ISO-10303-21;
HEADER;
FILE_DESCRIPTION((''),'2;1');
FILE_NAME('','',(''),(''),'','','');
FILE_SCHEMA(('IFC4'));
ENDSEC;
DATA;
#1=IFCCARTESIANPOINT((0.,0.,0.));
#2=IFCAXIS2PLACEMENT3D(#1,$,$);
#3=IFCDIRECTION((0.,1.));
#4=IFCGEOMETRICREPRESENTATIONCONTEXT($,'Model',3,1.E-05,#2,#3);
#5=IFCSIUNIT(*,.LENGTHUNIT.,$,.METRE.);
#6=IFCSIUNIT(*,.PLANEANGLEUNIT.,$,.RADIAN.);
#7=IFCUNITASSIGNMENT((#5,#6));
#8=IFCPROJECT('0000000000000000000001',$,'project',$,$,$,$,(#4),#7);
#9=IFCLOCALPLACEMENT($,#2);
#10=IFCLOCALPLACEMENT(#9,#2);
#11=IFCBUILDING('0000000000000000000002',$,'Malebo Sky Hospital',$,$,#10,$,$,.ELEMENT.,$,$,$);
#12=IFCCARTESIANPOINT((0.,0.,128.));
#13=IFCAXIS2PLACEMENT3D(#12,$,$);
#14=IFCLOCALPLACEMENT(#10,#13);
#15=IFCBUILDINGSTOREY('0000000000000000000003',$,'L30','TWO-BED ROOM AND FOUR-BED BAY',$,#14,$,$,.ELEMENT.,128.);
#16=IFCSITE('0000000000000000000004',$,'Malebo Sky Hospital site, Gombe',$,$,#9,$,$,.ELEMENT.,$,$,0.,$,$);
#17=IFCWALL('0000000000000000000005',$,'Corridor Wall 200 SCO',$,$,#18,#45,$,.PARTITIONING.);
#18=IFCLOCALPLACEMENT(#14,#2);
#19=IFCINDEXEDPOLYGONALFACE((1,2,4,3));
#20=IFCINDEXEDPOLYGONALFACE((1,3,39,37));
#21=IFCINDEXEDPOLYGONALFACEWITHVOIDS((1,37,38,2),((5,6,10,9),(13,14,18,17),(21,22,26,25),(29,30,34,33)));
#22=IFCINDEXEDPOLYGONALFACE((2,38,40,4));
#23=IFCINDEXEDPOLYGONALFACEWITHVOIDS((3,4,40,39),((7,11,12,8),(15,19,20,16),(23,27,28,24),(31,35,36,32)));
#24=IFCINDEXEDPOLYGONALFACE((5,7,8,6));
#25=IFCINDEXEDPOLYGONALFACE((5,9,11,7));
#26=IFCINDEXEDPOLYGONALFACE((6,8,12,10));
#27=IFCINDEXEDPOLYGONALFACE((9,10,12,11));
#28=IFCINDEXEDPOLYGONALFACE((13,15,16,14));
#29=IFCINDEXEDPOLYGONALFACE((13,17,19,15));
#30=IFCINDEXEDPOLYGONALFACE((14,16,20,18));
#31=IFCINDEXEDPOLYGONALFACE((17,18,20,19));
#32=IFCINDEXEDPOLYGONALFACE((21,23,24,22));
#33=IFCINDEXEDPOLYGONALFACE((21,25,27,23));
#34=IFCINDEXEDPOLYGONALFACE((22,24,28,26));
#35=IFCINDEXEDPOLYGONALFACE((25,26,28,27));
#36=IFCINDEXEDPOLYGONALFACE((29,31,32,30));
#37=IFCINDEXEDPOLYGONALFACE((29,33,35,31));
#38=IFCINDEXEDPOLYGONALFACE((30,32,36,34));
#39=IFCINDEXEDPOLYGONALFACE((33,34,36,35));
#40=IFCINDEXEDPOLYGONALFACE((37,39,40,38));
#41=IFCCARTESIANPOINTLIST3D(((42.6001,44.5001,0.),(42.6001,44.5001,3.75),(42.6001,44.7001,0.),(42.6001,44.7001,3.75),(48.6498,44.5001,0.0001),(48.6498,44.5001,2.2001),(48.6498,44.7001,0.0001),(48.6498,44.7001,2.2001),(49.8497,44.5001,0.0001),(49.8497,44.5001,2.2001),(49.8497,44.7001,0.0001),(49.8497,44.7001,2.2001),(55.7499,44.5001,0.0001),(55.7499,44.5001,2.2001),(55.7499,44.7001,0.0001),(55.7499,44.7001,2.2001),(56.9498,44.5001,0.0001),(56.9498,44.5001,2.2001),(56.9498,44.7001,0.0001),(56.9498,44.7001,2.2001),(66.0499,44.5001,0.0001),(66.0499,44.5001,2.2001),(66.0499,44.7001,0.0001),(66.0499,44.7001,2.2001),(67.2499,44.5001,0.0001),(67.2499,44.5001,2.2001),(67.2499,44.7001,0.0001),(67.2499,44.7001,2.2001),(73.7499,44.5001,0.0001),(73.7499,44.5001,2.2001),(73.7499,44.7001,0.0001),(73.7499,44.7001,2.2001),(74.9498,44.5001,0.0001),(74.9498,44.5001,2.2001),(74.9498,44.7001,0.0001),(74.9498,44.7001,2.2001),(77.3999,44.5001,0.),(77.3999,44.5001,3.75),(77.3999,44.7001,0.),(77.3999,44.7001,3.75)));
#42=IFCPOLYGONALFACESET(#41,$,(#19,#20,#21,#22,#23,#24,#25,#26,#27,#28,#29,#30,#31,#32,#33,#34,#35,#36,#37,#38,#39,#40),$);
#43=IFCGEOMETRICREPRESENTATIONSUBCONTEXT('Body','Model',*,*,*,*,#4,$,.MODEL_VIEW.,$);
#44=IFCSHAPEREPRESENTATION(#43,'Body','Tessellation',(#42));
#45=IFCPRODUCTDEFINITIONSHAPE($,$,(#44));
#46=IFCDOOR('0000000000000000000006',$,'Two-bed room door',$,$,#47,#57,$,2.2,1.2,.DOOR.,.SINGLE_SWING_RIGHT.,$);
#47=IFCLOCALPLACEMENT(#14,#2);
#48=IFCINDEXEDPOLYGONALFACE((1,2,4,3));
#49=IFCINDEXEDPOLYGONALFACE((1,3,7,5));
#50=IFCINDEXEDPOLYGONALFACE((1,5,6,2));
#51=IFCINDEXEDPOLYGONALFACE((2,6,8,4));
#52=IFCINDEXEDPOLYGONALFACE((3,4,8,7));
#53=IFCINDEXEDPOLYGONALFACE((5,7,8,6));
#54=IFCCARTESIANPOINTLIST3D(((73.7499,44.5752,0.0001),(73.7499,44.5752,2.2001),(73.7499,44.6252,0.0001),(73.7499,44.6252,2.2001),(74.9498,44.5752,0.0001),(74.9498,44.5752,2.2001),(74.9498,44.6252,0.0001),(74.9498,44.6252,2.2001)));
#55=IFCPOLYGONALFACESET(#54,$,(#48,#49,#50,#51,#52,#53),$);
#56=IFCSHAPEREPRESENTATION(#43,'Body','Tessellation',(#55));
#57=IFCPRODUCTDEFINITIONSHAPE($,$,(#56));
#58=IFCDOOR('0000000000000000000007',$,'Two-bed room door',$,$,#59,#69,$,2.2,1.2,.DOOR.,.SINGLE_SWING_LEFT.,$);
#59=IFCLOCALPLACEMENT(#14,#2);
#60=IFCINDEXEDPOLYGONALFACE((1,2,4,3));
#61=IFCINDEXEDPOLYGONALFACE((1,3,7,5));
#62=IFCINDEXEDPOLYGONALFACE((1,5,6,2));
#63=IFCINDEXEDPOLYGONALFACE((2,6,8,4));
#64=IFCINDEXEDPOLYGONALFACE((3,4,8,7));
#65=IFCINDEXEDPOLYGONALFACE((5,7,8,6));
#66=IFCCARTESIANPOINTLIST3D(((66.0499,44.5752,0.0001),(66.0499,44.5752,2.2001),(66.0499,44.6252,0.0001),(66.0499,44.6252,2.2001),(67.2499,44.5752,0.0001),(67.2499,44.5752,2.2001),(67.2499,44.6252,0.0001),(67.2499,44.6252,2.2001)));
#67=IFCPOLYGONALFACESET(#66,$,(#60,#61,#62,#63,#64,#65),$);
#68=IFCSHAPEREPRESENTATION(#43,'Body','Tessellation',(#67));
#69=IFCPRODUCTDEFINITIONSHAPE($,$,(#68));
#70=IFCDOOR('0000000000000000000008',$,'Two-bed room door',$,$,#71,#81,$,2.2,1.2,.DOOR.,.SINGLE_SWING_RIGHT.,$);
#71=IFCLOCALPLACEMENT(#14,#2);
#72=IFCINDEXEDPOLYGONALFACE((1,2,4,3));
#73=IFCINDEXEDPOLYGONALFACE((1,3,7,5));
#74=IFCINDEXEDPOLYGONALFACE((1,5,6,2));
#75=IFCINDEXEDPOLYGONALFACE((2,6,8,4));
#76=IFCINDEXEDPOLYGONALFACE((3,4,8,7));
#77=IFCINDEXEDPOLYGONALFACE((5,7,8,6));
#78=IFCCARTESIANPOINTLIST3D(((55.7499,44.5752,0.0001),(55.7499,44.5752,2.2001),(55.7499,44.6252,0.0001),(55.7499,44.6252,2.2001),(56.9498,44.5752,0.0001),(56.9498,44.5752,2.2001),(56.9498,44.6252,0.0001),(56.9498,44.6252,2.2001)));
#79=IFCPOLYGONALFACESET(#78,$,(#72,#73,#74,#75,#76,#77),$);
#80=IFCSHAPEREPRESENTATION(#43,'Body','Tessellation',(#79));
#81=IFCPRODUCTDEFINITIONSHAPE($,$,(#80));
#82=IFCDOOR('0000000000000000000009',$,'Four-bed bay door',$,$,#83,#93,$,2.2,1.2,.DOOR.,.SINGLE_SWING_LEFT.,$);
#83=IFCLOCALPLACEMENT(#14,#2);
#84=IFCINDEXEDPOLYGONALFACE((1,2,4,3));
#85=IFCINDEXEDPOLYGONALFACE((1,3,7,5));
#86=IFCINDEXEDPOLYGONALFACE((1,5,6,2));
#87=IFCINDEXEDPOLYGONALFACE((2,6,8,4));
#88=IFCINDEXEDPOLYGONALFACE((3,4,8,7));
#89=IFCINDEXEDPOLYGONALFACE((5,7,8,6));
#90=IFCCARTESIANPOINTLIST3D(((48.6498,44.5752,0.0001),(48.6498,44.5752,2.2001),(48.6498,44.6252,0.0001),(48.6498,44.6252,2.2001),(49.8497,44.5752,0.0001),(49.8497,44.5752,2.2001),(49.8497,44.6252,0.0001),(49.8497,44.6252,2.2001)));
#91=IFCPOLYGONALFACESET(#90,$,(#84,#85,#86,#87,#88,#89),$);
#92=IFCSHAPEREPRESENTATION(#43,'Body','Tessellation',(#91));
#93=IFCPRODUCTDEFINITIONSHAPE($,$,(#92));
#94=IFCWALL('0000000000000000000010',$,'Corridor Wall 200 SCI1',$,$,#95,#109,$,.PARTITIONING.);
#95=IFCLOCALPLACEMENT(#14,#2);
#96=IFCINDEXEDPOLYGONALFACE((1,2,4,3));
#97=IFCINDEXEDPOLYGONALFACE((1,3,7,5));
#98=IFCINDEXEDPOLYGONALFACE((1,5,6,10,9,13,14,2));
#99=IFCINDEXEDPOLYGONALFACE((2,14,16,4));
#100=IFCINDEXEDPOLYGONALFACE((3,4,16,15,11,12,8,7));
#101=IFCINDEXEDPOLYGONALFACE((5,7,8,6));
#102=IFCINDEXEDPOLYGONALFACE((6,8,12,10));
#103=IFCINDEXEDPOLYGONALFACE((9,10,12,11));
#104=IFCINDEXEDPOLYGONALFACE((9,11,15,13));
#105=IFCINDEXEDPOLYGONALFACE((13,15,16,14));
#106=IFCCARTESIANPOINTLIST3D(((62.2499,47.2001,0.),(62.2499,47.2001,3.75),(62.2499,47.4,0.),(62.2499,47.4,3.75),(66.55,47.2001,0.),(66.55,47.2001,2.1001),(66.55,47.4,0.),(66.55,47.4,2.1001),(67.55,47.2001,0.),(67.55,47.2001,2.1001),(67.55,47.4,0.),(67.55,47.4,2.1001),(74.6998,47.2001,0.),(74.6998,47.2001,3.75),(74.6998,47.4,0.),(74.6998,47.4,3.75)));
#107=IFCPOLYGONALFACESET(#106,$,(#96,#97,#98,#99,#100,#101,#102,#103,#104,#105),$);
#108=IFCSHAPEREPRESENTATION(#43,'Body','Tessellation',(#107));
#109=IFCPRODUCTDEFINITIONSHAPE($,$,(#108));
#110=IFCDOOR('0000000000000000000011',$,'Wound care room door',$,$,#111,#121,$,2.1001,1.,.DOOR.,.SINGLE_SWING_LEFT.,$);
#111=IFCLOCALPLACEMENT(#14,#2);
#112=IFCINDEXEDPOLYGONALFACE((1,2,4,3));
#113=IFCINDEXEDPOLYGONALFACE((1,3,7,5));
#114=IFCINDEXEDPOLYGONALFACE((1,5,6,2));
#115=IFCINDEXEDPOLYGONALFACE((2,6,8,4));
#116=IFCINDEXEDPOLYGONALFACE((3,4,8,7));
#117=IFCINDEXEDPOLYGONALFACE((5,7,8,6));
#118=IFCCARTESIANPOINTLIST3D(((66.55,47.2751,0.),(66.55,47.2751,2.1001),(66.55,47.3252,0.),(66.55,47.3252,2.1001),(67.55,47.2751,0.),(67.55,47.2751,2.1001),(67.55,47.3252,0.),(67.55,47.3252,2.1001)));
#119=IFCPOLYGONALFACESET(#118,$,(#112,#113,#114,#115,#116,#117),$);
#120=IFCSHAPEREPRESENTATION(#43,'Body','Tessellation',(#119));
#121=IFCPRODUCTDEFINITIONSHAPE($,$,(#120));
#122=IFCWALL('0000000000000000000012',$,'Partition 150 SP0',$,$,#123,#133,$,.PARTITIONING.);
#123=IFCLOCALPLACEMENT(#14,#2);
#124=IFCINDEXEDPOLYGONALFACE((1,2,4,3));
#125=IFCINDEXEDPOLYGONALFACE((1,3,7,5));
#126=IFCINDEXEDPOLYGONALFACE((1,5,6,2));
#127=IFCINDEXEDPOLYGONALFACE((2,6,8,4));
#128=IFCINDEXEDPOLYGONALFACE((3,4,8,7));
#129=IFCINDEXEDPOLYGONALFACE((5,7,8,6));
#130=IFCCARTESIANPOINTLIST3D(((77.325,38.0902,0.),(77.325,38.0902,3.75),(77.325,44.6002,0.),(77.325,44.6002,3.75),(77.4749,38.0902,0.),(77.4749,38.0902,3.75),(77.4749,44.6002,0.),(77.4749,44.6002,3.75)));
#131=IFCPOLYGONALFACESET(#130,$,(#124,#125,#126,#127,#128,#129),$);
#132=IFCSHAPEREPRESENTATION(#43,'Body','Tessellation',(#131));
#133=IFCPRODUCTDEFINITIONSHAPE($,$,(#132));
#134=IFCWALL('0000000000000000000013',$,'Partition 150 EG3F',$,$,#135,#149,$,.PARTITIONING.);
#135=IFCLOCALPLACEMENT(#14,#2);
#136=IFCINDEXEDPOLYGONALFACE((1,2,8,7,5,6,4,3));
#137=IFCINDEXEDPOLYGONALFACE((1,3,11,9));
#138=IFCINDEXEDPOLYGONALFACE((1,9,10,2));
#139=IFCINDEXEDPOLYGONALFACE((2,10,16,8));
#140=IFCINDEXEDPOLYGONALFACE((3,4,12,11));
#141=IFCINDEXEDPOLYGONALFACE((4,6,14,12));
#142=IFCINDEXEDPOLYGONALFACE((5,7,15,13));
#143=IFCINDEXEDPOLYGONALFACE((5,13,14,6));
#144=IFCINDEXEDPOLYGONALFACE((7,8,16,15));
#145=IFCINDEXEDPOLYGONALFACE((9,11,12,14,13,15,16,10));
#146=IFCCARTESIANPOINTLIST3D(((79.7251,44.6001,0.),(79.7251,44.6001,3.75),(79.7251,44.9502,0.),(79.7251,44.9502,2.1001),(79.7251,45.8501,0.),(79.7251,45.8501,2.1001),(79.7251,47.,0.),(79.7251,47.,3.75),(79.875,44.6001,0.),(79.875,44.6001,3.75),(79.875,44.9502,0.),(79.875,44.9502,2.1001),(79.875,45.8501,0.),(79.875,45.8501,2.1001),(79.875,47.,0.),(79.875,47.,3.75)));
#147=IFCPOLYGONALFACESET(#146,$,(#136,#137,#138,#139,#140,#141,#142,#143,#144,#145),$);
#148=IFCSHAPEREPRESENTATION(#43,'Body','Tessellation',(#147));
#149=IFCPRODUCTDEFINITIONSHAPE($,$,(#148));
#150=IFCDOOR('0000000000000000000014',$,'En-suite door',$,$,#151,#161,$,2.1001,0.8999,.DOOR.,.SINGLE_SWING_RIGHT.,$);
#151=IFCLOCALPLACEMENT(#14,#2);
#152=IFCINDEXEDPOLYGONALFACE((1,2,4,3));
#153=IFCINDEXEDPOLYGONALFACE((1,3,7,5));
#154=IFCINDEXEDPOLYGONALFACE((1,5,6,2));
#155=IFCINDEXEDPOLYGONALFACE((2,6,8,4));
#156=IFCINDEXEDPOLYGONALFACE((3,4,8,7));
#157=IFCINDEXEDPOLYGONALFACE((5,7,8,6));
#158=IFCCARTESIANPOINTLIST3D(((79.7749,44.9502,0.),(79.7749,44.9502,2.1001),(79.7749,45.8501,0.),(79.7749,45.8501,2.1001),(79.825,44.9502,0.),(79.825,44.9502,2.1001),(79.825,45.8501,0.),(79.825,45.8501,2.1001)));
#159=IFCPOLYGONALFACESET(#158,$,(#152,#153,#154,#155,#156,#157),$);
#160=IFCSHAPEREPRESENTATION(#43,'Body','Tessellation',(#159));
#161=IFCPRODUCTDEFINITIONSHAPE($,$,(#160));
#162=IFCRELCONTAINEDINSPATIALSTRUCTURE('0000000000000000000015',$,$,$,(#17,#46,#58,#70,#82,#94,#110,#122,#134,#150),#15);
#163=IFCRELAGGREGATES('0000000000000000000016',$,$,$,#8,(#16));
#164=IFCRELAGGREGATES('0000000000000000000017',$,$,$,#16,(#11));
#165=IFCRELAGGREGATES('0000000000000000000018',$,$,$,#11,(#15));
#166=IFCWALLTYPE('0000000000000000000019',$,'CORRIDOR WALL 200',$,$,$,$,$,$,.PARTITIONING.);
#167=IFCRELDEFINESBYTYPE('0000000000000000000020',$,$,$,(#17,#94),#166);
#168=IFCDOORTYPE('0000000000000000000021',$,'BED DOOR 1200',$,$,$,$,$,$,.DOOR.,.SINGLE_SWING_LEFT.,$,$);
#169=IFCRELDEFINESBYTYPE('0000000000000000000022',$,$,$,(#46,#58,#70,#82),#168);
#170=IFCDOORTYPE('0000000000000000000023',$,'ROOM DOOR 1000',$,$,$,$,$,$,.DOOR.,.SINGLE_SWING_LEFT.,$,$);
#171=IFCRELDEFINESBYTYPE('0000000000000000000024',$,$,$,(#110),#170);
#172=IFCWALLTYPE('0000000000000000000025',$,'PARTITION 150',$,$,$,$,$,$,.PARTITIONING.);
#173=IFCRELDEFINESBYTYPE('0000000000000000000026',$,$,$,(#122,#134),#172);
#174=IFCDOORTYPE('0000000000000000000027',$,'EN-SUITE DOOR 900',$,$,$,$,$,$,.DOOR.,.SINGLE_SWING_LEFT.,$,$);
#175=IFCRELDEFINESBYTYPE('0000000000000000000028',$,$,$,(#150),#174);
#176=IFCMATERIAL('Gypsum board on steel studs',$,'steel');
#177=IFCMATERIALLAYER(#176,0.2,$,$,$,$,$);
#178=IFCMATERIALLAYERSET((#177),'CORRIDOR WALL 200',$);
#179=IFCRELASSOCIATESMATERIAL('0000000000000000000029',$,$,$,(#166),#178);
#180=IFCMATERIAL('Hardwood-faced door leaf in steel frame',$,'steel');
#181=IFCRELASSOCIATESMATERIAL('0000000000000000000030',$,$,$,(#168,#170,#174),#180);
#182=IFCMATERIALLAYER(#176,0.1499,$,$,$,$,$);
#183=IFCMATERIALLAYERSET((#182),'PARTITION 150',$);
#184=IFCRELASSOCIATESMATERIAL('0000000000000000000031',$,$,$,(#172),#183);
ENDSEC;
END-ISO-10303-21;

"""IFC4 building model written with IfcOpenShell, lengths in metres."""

from ifc_helpers import new_model, si_unit, direction, frame, frame_2d, origin, place, context, subcontext, project, spatial, rectangle, extrude, material, layer, layer_set, type_object, element, fill, save


model = new_model("IFC4")

# Units and contexts
model_context = context("Model", 3, precision=1e-05, world=origin(), true_north=direction((0.0, 1.0)))
body_context = subcontext(model_context, "Body", "Model", "MODEL_VIEW")
ifc_project = project(units=[si_unit("LENGTHUNIT", "METRE"), si_unit("PLANEANGLEUNIT", "RADIAN")], contexts=[model_context])

# Site, building, storey
site_placement = place(None, origin())
site = spatial("IfcSite", under=ifc_project, at=site_placement, Name="Malebo Sky Hospital site, Gombe", CompositionType="ELEMENT", RefElevation=0.0)
building_placement = place(site_placement, origin())
building = spatial("IfcBuilding", under=site, at=building_placement, Name="Malebo Sky Hospital", CompositionType="ELEMENT")
storey_placement = place(building_placement, frame((0.0, 0.0, 128.0)))
storey = spatial("IfcBuildingStorey", under=building, at=storey_placement, Name="L30", Description="TWO-BED ROOM AND FOUR-BED BAY", CompositionType="ELEMENT", Elevation=128.0)

# Wall, openings, doors
ifc_material_1 = material(Name="Gypsum board on steel studs", Category="steel")
ifc_layer_1 = layer(ifc_material_1, 0.2)
ifc_layer_set_1 = layer_set([ifc_layer_1], Name="CORRIDOR WALL 200")
wall_type_1 = type_object("IfcWallType", Name="CORRIDOR WALL 200", PredefinedType="PARTITIONING", material=ifc_layer_set_1)
wall_1_placement = place(storey_placement, frame((77.3999, 44.6001, 0.0), z_axis=(0.0, 0.0, 1.0), x_axis=(-1.0, 0.0, 0.0)))
wall_1 = element("IfcWall", 1, at=wall_1_placement, inside=storey, type_object=wall_type_1, Name="Corridor Wall 200 SCO", PredefinedType="PARTITIONING", context=body_context, shape_type="SweptSolid", body=[
    extrude(rectangle(XDim=34.7998, YDim=0.2, at=frame_2d((17.3999, 0.0))), origin(), (0.0, 0.0, 1.0), 3.75),
])
opening_1_placement = place(wall_1_placement, frame((2.45, 0.0, 0.0)))
opening_1 = element("IfcOpeningElement", 2, at=opening_1_placement, cuts=wall_1, PredefinedType="OPENING", context=body_context, shape_type="SweptSolid", body=[
    extrude(rectangle(XDim=1.2, YDim=2.2, at=frame_2d((0.6001, 1.1001))), frame((0.0, 0.1099, 0.0), z_axis=(0.0, -1.0, 0.0), x_axis=(1.0, 0.0, 0.0)), (0.0, 0.0, 1.0), 0.22),
])
opening_2_placement = place(wall_1_placement, frame((10.1499, 0.0, 0.0)))
opening_2 = element("IfcOpeningElement", 3, at=opening_2_placement, cuts=wall_1, PredefinedType="OPENING", context=body_context, shape_type="SweptSolid", body=[
    extrude(rectangle(XDim=1.2, YDim=2.2, at=frame_2d((0.6001, 1.1001))), frame((0.0, 0.1099, 0.0), z_axis=(0.0, -1.0, 0.0), x_axis=(1.0, 0.0, 0.0)), (0.0, 0.0, 1.0), 0.22),
])
opening_3_placement = place(wall_1_placement, frame((20.45, 0.0, 0.0)))
opening_3 = element("IfcOpeningElement", 4, at=opening_3_placement, cuts=wall_1, PredefinedType="OPENING", context=body_context, shape_type="SweptSolid", body=[
    extrude(rectangle(XDim=1.2, YDim=2.2, at=frame_2d((0.6001, 1.1001))), frame((0.0, 0.1099, 0.0), z_axis=(0.0, -1.0, 0.0), x_axis=(1.0, 0.0, 0.0)), (0.0, 0.0, 1.0), 0.22),
])
opening_4_placement = place(wall_1_placement, frame((27.55, 0.0, 0.0)))
opening_4 = element("IfcOpeningElement", 5, at=opening_4_placement, cuts=wall_1, PredefinedType="OPENING", context=body_context, shape_type="SweptSolid", body=[
    extrude(rectangle(XDim=1.2, YDim=2.2, at=frame_2d((0.6001, 1.1001))), frame((0.0, 0.1099, 0.0), z_axis=(0.0, -1.0, 0.0), x_axis=(1.0, 0.0, 0.0)), (0.0, 0.0, 1.0), 0.22),
])
ifc_material_2 = material(Name="Hardwood-faced door leaf in steel frame", Category="steel")
door_type_1 = type_object("IfcDoorType", Name="BED DOOR 1200", OperationType="SINGLE_SWING_LEFT", PredefinedType="DOOR", material=ifc_material_2)
door_1_placement = place(opening_1_placement, origin())
door_1 = element("IfcDoor", 6, at=door_1_placement, inside=storey, type_object=door_type_1, Name="Two-bed room door", OperationType="SINGLE_SWING_RIGHT", OverallHeight=2.2, OverallWidth=1.2, PredefinedType="DOOR", context=body_context, shape_type="SweptSolid", body=[
    extrude(rectangle(XDim=1.2, YDim=2.2, at=frame_2d((0.6001, 1.1001))), frame((0.0, 0.0249, 0.0), z_axis=(0.0, -1.0, 0.0), x_axis=(1.0, 0.0, 0.0)), (0.0, 0.0, 1.0), 0.05),
])
fill(opening_1, door_1)
door_2_placement = place(opening_2_placement, origin())
door_2 = element("IfcDoor", 7, at=door_2_placement, inside=storey, type_object=door_type_1, Name="Two-bed room door", OperationType="SINGLE_SWING_LEFT", OverallHeight=2.2, OverallWidth=1.2, PredefinedType="DOOR", context=body_context, shape_type="SweptSolid", body=[
    extrude(rectangle(XDim=1.2, YDim=2.2, at=frame_2d((0.6001, 1.1001))), frame((0.0, 0.0249, 0.0), z_axis=(0.0, -1.0, 0.0), x_axis=(1.0, 0.0, 0.0)), (0.0, 0.0, 1.0), 0.05),
])
fill(opening_2, door_2)
door_3_placement = place(opening_3_placement, origin())
door_3 = element("IfcDoor", 8, at=door_3_placement, inside=storey, type_object=door_type_1, Name="Two-bed room door", OperationType="SINGLE_SWING_RIGHT", OverallHeight=2.2, OverallWidth=1.2, PredefinedType="DOOR", context=body_context, shape_type="SweptSolid", body=[
    extrude(rectangle(XDim=1.2, YDim=2.2, at=frame_2d((0.6001, 1.1001))), frame((0.0, 0.0249, 0.0), z_axis=(0.0, -1.0, 0.0), x_axis=(1.0, 0.0, 0.0)), (0.0, 0.0, 1.0), 0.05),
])
fill(opening_3, door_3)
door_4_placement = place(opening_4_placement, origin())
door_4 = element("IfcDoor", 9, at=door_4_placement, inside=storey, type_object=door_type_1, Name="Four-bed bay door", OperationType="SINGLE_SWING_LEFT", OverallHeight=2.2, OverallWidth=1.2, PredefinedType="DOOR", context=body_context, shape_type="SweptSolid", body=[
    extrude(rectangle(XDim=1.2, YDim=2.2, at=frame_2d((0.6001, 1.1001))), frame((0.0, 0.0249, 0.0), z_axis=(0.0, -1.0, 0.0), x_axis=(1.0, 0.0, 0.0)), (0.0, 0.0, 1.0), 0.05),
])
fill(opening_4, door_4)

# Wall, opening, door
wall_2_placement = place(storey_placement, frame((74.7, 47.3, 0.0), z_axis=(0.0, 0.0, 1.0), x_axis=(-1.0, 0.0, 0.0)))
wall_2 = element("IfcWall", 10, at=wall_2_placement, inside=storey, type_object=wall_type_1, Name="Corridor Wall 200 SCI1", PredefinedType="PARTITIONING", context=body_context, shape_type="SweptSolid", body=[
    extrude(rectangle(XDim=12.45, YDim=0.2, at=frame_2d((6.2251, 0.0))), origin(), (0.0, 0.0, 1.0), 3.75),
])
opening_5_placement = place(wall_2_placement, frame((7.1499, 0.0, 0.0)))
opening_5 = element("IfcOpeningElement", 11, at=opening_5_placement, cuts=wall_2, PredefinedType="OPENING", context=body_context, shape_type="SweptSolid", body=[
    extrude(rectangle(XDim=1.0, YDim=2.1001, at=frame_2d((0.5, 1.05))), frame((0.0, 0.1099, 0.0), z_axis=(0.0, -1.0, 0.0), x_axis=(1.0, 0.0, 0.0)), (0.0, 0.0, 1.0), 0.22),
])
door_type_2 = type_object("IfcDoorType", Name="ROOM DOOR 1000", OperationType="SINGLE_SWING_LEFT", PredefinedType="DOOR", material=ifc_material_2)
door_5_placement = place(opening_5_placement, origin())
door_5 = element("IfcDoor", 12, at=door_5_placement, inside=storey, type_object=door_type_2, Name="Wound care room door", OperationType="SINGLE_SWING_LEFT", OverallHeight=2.1001, OverallWidth=1.0, PredefinedType="DOOR", context=body_context, shape_type="SweptSolid", body=[
    extrude(rectangle(XDim=1.0, YDim=2.1001, at=frame_2d((0.5, 1.05))), frame((0.0, 0.0249, 0.0), z_axis=(0.0, -1.0, 0.0), x_axis=(1.0, 0.0, 0.0)), (0.0, 0.0, 1.0), 0.05),
])
fill(opening_5, door_5)

# Wall
ifc_layer_2 = layer(ifc_material_1, 0.1499)
ifc_layer_set_2 = layer_set([ifc_layer_2], Name="PARTITION 150")
wall_type_2 = type_object("IfcWallType", Name="PARTITION 150", PredefinedType="PARTITIONING", material=ifc_layer_set_2)
wall_3_placement = place(storey_placement, frame((77.3999, 44.6001, 0.0), z_axis=(0.0, 0.0, 1.0), x_axis=(0.0, -1.0, 0.0)))
element("IfcWall", 13, at=wall_3_placement, inside=storey, type_object=wall_type_2, Name="Partition 150 SP0", PredefinedType="PARTITIONING", context=body_context, shape_type="SweptSolid", body=[
    extrude(rectangle(XDim=6.51, YDim=0.1499, at=frame_2d((3.2549, 0.0))), origin(), (0.0, 0.0, 1.0), 3.75),
])

# Wall, opening, door
wall_4_placement = place(storey_placement, frame((79.8, 47.0, 0.0), z_axis=(0.0, 0.0, 1.0), x_axis=(0.0, -1.0, 0.0)))
wall_4 = element("IfcWall", 14, at=wall_4_placement, inside=storey, type_object=wall_type_2, Name="Partition 150 EG3F", PredefinedType="PARTITIONING", context=body_context, shape_type="SweptSolid", body=[
    extrude(rectangle(XDim=2.3999, YDim=0.1499, at=frame_2d((1.2, 0.0))), origin(), (0.0, 0.0, 1.0), 3.75),
])
opening_6_placement = place(wall_4_placement, frame((1.1499, 0.0, 0.0)))
opening_6 = element("IfcOpeningElement", 15, at=opening_6_placement, cuts=wall_4, PredefinedType="OPENING", context=body_context, shape_type="SweptSolid", body=[
    extrude(rectangle(XDim=0.8999, YDim=2.1001, at=frame_2d((0.45, 1.05))), frame((0.0, 0.085, 0.0), z_axis=(0.0, -1.0, 0.0), x_axis=(1.0, 0.0, 0.0)), (0.0, 0.0, 1.0), 0.1699),
])
door_type_3 = type_object("IfcDoorType", Name="EN-SUITE DOOR 900", OperationType="SINGLE_SWING_LEFT", PredefinedType="DOOR", material=ifc_material_2)
door_6_placement = place(opening_6_placement, origin())
door_6 = element("IfcDoor", 16, at=door_6_placement, inside=storey, type_object=door_type_3, Name="En-suite door", OperationType="SINGLE_SWING_RIGHT", OverallHeight=2.1001, OverallWidth=0.8999, PredefinedType="DOOR", context=body_context, shape_type="SweptSolid", body=[
    extrude(rectangle(XDim=0.8999, YDim=2.1001, at=frame_2d((0.45, 1.05))), frame((0.0, 0.0249, 0.0), z_axis=(0.0, -1.0, 0.0), x_axis=(1.0, 0.0, 0.0)), (0.0, 0.0, 1.0), 0.05),
])
fill(opening_6, door_6)

save(model, "model.ifc")
